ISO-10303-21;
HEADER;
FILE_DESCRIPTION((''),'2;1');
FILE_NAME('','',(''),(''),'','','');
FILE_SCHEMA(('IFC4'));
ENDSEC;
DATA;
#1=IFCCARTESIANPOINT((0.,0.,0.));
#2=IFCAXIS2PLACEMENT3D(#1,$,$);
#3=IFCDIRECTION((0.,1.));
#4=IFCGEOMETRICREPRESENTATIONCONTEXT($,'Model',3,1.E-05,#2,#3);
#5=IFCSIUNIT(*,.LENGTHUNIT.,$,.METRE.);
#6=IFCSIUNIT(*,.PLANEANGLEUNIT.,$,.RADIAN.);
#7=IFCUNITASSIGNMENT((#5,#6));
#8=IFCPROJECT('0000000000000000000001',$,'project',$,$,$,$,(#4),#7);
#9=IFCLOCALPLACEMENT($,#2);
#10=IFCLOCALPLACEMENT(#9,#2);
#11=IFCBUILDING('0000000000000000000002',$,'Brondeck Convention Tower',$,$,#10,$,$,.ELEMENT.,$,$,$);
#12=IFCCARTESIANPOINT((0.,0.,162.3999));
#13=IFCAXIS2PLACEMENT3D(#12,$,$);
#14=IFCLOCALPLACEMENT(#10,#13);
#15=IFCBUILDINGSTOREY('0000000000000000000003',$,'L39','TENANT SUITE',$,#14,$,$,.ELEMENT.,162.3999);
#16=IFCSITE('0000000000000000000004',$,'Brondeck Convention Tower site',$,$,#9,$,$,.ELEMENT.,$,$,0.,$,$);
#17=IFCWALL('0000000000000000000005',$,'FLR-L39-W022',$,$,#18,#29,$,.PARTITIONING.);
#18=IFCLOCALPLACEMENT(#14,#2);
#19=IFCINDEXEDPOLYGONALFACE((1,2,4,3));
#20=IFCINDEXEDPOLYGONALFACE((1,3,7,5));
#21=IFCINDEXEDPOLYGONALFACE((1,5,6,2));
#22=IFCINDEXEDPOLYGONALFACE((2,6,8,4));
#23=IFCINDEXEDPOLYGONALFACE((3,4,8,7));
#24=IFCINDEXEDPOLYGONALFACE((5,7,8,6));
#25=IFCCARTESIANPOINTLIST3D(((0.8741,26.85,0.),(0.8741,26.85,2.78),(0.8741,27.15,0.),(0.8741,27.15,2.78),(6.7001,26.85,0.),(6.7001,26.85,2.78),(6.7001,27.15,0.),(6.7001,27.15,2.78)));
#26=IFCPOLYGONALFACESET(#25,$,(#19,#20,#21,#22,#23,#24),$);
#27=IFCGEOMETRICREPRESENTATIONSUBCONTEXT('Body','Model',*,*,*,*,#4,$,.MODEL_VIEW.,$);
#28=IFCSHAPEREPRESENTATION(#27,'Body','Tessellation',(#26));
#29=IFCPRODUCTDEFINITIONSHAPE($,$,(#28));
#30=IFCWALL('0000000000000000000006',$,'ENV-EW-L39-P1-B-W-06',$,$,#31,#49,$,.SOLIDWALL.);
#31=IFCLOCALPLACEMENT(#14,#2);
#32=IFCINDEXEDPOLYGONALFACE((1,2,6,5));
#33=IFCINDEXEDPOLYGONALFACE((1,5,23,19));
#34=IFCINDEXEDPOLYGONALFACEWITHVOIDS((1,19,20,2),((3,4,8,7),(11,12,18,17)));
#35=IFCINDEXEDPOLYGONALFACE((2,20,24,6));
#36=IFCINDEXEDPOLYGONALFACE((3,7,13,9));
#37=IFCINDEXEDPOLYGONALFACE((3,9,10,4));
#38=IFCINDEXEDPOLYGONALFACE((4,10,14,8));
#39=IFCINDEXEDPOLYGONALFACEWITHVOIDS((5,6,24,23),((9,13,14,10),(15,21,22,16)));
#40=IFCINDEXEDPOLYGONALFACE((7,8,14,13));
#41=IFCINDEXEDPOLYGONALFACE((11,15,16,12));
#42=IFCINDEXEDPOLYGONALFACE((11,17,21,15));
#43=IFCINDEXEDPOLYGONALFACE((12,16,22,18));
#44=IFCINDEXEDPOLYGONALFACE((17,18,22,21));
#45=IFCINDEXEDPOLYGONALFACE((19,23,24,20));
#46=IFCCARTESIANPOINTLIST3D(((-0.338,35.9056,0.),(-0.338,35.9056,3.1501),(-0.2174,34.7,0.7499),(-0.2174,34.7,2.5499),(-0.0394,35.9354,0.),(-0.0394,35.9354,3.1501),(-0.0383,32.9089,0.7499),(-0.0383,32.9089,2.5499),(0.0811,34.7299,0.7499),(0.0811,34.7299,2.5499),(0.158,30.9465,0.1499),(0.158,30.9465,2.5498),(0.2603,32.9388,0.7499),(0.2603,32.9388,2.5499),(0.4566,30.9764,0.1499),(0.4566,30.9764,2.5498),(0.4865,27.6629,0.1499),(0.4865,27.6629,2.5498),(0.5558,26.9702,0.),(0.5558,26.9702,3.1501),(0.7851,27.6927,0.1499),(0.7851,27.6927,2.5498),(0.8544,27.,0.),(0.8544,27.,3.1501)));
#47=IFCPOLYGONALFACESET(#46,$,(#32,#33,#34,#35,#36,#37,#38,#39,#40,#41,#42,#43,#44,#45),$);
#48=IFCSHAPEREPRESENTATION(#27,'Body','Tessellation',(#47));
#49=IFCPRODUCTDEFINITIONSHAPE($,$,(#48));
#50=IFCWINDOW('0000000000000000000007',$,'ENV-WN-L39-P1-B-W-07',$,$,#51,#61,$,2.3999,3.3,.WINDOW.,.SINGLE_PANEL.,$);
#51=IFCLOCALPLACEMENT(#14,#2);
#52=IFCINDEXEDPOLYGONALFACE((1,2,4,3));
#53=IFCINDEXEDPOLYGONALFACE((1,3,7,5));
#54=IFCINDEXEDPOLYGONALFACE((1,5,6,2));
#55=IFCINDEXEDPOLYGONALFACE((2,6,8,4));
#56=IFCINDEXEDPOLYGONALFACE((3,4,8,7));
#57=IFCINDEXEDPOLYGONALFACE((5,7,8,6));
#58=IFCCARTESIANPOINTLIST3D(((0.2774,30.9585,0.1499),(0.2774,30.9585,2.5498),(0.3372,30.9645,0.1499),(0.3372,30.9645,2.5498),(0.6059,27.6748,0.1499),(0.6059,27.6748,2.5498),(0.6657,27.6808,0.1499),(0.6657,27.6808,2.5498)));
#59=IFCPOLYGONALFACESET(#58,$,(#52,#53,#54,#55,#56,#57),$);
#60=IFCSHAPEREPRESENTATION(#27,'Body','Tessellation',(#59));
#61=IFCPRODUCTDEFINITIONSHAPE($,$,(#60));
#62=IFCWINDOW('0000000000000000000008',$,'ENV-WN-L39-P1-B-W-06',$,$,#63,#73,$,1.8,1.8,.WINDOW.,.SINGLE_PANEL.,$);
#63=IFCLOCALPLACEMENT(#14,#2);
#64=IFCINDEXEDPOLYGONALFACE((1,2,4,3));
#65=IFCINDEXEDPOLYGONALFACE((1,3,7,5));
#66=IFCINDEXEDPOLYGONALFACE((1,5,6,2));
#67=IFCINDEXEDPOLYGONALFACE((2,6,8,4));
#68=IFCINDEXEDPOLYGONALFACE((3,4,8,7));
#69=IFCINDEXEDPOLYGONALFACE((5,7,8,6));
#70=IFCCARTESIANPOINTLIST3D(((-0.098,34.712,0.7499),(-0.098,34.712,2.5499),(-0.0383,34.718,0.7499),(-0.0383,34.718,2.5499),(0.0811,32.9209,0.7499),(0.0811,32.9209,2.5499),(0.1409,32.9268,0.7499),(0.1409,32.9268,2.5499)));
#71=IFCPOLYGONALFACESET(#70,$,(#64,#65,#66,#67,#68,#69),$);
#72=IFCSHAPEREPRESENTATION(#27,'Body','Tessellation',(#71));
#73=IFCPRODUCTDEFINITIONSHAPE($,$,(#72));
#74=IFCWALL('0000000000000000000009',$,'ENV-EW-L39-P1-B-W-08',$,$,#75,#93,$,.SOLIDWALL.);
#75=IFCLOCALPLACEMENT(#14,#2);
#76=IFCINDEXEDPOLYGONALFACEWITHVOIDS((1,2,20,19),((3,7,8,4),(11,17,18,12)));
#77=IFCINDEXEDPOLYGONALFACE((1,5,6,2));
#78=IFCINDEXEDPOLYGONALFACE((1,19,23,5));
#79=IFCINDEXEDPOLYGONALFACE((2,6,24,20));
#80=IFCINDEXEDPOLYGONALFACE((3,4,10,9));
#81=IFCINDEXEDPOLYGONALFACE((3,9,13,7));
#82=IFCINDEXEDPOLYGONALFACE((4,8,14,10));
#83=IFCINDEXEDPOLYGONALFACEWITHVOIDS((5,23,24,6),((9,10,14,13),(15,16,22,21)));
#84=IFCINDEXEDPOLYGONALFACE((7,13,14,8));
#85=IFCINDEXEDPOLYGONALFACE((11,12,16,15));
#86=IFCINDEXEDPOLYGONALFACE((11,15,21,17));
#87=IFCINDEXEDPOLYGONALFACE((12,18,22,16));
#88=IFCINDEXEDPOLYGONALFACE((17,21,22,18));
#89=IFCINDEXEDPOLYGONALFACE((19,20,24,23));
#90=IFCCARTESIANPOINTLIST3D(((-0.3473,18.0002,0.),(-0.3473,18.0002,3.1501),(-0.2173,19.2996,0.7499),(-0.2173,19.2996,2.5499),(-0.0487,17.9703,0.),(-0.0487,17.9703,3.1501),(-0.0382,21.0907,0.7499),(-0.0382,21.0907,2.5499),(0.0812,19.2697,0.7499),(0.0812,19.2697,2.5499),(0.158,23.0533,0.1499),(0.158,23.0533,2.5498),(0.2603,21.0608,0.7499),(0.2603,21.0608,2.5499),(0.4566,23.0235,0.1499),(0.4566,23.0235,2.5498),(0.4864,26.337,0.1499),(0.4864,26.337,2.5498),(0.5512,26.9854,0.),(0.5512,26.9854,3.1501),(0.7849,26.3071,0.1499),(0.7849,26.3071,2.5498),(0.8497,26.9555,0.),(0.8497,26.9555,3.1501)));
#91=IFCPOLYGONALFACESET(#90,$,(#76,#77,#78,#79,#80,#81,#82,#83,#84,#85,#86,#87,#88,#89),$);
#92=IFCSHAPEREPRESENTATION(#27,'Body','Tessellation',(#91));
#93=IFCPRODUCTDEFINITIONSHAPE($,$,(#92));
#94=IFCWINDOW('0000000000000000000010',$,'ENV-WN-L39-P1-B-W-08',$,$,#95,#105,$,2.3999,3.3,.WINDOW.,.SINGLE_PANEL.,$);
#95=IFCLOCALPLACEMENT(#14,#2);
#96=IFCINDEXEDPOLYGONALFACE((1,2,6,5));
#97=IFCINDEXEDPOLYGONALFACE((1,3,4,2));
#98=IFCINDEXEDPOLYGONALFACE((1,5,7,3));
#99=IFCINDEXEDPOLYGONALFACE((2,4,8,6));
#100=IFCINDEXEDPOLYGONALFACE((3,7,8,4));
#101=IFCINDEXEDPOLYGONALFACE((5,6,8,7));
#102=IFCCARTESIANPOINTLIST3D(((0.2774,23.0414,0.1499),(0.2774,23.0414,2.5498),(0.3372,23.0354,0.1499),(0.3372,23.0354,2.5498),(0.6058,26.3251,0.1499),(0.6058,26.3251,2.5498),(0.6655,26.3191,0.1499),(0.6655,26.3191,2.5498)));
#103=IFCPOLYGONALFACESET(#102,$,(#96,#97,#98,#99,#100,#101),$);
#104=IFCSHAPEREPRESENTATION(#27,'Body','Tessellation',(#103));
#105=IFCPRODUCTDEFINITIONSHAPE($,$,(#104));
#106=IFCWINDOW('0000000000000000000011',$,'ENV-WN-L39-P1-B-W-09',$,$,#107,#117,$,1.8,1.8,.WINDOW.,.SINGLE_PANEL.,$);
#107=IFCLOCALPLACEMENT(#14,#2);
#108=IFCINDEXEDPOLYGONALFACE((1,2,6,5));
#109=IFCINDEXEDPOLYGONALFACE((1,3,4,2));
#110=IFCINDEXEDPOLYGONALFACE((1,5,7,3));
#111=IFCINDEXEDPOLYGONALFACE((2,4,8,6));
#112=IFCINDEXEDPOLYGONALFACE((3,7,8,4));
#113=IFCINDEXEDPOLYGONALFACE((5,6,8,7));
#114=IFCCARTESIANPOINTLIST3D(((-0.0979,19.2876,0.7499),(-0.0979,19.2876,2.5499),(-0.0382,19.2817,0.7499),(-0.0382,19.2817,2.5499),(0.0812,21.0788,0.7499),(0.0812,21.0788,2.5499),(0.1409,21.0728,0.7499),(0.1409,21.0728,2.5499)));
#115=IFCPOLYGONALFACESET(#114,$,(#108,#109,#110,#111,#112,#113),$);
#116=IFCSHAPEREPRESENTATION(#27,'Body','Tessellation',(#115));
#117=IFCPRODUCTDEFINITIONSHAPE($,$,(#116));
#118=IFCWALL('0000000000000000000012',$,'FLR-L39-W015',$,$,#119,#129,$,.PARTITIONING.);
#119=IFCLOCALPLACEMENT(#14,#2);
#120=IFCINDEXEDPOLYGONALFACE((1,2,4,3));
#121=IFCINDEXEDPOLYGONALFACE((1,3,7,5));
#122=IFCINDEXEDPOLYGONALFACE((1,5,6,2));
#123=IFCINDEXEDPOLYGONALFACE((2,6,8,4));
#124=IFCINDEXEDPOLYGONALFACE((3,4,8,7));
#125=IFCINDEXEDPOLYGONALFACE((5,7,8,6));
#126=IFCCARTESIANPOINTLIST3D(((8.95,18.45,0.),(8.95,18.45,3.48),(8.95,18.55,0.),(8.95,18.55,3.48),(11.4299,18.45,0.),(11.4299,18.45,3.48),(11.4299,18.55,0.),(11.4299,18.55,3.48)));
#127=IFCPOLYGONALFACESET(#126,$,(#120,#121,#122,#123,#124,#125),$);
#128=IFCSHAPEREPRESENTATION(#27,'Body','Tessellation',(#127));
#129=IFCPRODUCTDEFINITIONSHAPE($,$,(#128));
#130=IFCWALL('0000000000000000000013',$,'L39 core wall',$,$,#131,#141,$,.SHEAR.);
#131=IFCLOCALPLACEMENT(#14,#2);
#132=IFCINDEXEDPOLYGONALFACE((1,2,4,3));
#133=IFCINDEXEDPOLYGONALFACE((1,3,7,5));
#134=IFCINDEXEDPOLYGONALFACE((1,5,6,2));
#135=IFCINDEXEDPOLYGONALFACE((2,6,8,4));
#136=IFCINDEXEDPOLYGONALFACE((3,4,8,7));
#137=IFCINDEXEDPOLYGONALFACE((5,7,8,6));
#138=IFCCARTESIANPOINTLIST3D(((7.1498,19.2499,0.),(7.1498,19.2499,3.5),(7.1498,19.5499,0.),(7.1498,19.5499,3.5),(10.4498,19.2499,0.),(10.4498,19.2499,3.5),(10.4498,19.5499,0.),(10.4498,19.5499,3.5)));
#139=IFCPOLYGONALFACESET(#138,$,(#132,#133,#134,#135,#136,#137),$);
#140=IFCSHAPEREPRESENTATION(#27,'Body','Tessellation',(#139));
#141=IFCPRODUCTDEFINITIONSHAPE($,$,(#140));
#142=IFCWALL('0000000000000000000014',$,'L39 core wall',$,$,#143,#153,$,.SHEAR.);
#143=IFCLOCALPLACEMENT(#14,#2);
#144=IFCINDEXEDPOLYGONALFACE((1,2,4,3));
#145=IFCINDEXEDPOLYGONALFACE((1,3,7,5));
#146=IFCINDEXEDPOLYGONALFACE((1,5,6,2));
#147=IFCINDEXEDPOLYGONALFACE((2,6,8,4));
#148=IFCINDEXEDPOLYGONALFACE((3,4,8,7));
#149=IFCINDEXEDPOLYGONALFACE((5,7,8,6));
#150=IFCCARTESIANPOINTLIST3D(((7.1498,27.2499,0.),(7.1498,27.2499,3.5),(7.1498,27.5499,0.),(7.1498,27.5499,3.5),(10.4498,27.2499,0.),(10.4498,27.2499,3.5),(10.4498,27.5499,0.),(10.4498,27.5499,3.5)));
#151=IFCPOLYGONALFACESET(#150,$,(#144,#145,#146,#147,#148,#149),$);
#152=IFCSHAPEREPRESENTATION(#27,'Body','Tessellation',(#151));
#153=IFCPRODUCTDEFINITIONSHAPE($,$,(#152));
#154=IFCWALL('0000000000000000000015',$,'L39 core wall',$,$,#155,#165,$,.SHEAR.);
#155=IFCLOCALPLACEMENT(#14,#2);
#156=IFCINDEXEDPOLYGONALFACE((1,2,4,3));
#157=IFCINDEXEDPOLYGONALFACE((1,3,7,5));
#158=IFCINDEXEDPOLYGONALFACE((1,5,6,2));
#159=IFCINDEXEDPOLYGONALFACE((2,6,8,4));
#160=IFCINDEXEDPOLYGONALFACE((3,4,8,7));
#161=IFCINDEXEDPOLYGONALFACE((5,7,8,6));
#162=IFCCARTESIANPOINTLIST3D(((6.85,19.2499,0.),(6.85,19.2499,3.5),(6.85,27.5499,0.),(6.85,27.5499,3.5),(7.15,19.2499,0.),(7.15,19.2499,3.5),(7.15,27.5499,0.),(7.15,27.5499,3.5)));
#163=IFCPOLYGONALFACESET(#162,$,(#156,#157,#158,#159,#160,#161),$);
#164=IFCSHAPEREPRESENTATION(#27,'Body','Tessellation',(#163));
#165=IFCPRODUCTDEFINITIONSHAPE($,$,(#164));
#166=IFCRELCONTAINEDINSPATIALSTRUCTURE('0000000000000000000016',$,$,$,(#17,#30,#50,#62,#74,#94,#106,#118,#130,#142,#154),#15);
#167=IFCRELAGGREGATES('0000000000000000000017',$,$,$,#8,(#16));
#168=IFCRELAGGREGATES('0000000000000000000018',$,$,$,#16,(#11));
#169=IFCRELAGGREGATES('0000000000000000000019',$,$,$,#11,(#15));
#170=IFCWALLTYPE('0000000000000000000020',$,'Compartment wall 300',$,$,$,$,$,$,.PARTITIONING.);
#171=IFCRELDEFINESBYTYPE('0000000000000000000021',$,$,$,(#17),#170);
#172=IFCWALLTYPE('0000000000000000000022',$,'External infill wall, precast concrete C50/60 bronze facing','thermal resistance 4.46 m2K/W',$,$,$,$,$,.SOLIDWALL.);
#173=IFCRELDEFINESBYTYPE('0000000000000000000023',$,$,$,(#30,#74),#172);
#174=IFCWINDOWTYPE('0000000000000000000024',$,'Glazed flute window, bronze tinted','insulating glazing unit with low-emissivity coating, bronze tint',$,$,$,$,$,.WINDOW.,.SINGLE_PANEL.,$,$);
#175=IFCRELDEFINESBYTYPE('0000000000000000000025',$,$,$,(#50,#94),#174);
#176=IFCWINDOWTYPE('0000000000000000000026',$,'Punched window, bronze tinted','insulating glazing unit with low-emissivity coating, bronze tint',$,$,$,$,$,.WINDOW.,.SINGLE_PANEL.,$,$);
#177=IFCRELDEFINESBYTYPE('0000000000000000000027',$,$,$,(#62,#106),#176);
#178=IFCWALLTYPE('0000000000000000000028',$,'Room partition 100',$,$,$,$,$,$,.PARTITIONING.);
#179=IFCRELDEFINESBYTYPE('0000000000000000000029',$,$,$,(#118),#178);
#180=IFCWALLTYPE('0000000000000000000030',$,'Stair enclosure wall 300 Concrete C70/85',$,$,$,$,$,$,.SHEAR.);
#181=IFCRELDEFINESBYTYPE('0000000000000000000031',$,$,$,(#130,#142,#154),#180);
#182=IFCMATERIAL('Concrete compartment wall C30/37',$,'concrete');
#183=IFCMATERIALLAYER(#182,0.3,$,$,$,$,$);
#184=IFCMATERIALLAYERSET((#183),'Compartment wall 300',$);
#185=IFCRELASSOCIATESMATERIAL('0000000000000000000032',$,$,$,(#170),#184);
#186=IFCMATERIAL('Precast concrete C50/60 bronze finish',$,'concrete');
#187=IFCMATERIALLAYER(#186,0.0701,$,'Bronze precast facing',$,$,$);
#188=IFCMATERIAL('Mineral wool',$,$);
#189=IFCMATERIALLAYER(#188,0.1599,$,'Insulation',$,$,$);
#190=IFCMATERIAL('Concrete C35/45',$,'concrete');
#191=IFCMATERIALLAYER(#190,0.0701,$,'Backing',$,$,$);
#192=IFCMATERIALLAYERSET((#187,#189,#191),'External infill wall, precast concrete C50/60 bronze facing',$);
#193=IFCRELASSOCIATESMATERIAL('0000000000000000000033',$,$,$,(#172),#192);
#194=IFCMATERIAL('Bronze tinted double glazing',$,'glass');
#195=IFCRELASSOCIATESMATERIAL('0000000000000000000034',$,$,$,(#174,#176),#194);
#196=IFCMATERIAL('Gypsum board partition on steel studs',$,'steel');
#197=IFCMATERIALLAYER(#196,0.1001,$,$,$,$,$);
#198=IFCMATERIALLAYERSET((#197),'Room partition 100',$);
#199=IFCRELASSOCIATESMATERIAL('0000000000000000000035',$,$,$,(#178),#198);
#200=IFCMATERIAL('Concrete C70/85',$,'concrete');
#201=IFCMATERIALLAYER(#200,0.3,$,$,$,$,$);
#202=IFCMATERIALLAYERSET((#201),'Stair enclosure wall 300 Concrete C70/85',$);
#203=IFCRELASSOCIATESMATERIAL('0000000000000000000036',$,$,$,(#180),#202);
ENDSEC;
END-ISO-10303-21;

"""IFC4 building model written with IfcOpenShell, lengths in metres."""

from ifc_helpers import new_model, si_unit, direction, frame, frame_2d, origin, place, context, subcontext, project, spatial, rectangle, extrude, material, layer, layer_set, type_object, element, fill, save


model = new_model("IFC4")

# Units and contexts
model_context = context("Model", 3, precision=1e-05, world=origin(), true_north=direction((0.0, 1.0)))
body_context = subcontext(model_context, "Body", "Model", "MODEL_VIEW")
ifc_project = project(units=[si_unit("LENGTHUNIT", "METRE"), si_unit("PLANEANGLEUNIT", "RADIAN")], contexts=[model_context])

# Site, building, storey
site_placement = place(None, origin())
site = spatial("IfcSite", under=ifc_project, at=site_placement, Name="Brondeck Convention Tower site", CompositionType="ELEMENT", RefElevation=0.0)
building_placement = place(site_placement, origin())
building = spatial("IfcBuilding", under=site, at=building_placement, Name="Brondeck Convention Tower", CompositionType="ELEMENT")
storey_placement = place(building_placement, frame((0.0, 0.0, 162.3999)))
storey = spatial("IfcBuildingStorey", under=building, at=storey_placement, Name="L39", Description="TENANT SUITE", CompositionType="ELEMENT", Elevation=162.3999)

# Shared definitions
ifc_material_1 = material(Name="Concrete C70/85", Category="concrete")

# Wall
ifc_material_2 = material(Name="Concrete compartment wall C30/37", Category="concrete")
ifc_layer_1 = layer(ifc_material_2, 0.3)
ifc_layer_set_1 = layer_set([ifc_layer_1], Name="Compartment wall 300")
wall_type_1 = type_object("IfcWallType", Name="Compartment wall 300", PredefinedType="PARTITIONING", material=ifc_layer_set_1)
wall_1_placement = place(storey_placement, frame((0.874, 27.0, 0.0), z_axis=(0.0, 0.0, 1.0), x_axis=(1.0, 0.0, 0.0)))
element("IfcWall", 1, at=wall_1_placement, inside=storey, type_object=wall_type_1, Name="FLR-L39-W022", PredefinedType="PARTITIONING", context=body_context, shape_type="SweptSolid", body=[
    extrude(rectangle(XDim=5.8259, YDim=0.3, at=frame_2d((2.9131, 0.0))), origin(), (0.0, 0.0, 1.0), 2.78),
])

# Walls, openings, windows
ifc_material_3 = material(Name="Precast concrete C50/60 bronze finish", Category="concrete")
ifc_layer_2 = layer(ifc_material_3, 0.0701, Name="Bronze precast facing")
ifc_material_4 = material(Name="Mineral wool")
ifc_layer_3 = layer(ifc_material_4, 0.1599, Name="Insulation")
ifc_material_5 = material(Name="Concrete C35/45", Category="concrete")
ifc_layer_4 = layer(ifc_material_5, 0.0701, Name="Backing")
ifc_layer_set_2 = layer_set([ifc_layer_2, ifc_layer_3, ifc_layer_4], Name="External infill wall, precast concrete C50/60 bronze facing")
wall_type_2 = type_object("IfcWallType", Name="External infill wall, precast concrete C50/60 bronze facing", Description="thermal resistance 4.46 m2K/W", PredefinedType="SOLIDWALL", material=ifc_layer_set_2)
wall_2_placement = place(storey_placement, frame((0.7051, 26.9851, 0.0), z_axis=(0.0, 0.0, 1.0), x_axis=(-0.099533, 0.995034, 0.0)))
wall_2 = element("IfcWall", 2, at=wall_2_placement, inside=storey, type_object=wall_type_2, Name="ENV-EW-L39-P1-B-W-06", PredefinedType="SOLIDWALL", context=body_context, shape_type="SweptSolid", body=[
    extrude(rectangle(XDim=8.98, YDim=0.3, at=frame_2d((4.49, 0.0))), origin(), (0.0, 0.0, 1.0), 3.1501),
])
opening_1_placement = place(wall_2_placement, frame((0.6963, 0.0, 0.1499)))
opening_1 = element("IfcOpeningElement", 3, at=opening_1_placement, cuts=wall_2, PredefinedType="OPENING", context=body_context, shape_type="SweptSolid", body=[
    extrude(rectangle(XDim=3.3, YDim=2.3999, at=frame_2d((1.6499, 1.2))), frame((0.0, 0.1599, 0.0), z_axis=(0.0, -1.0, 0.0), x_axis=(1.0, 0.0, 0.0)), (0.0, 0.0, 1.0), 0.3201),
])
opening_2_placement = place(wall_2_placement, frame((5.9685, 0.0, 0.75)))
opening_2 = element("IfcOpeningElement", 4, at=opening_2_placement, cuts=wall_2, PredefinedType="OPENING", context=body_context, shape_type="SweptSolid", body=[
    extrude(rectangle(XDim=1.8, YDim=1.8, at=frame_2d((0.8999, 0.8999))), frame((0.0, 0.1599, 0.0), z_axis=(0.0, -1.0, 0.0), x_axis=(1.0, 0.0, 0.0)), (0.0, 0.0, 1.0), 0.3201),
])
ifc_material_6 = material(Name="Bronze tinted double glazing", Category="glass")
window_type_1 = type_object("IfcWindowType", Name="Glazed flute window, bronze tinted", Description="insulating glazing unit with low-emissivity coating, bronze tint", PartitioningType="SINGLE_PANEL", PredefinedType="WINDOW", material=ifc_material_6)
window_1_placement = place(opening_1_placement, origin())
window_1 = element("IfcWindow", 5, at=window_1_placement, inside=storey, type_object=window_type_1, Name="ENV-WN-L39-P1-B-W-07", OverallHeight=2.3999, OverallWidth=3.3, PartitioningType="SINGLE_PANEL", PredefinedType="WINDOW", context=body_context, shape_type="SweptSolid", body=[
    extrude(rectangle(XDim=3.3, YDim=2.3999, at=frame_2d((1.6499, 1.2))), frame((0.0, 0.03, 0.0), z_axis=(0.0, -1.0, 0.0), x_axis=(1.0, 0.0, 0.0)), (0.0, 0.0, 1.0), 0.0601),
])
fill(opening_1, window_1)
window_type_2 = type_object("IfcWindowType", Name="Punched window, bronze tinted", Description="insulating glazing unit with low-emissivity coating, bronze tint", PartitioningType="SINGLE_PANEL", PredefinedType="WINDOW", material=ifc_material_6)
window_2_placement = place(opening_2_placement, origin())
window_2 = element("IfcWindow", 6, at=window_2_placement, inside=storey, type_object=window_type_2, Name="ENV-WN-L39-P1-B-W-06", OverallHeight=1.8, OverallWidth=1.8, PartitioningType="SINGLE_PANEL", PredefinedType="WINDOW", context=body_context, shape_type="SweptSolid", body=[
    extrude(rectangle(XDim=1.8, YDim=1.8, at=frame_2d((0.8999, 0.8999))), frame((0.0, 0.03, 0.0), z_axis=(0.0, -1.0, 0.0), x_axis=(1.0, 0.0, 0.0)), (0.0, 0.0, 1.0), 0.0601),
])
fill(opening_2, window_2)
wall_3_placement = place(storey_placement, frame((-0.198, 17.9851, 0.0), z_axis=(0.0, 0.0, 1.0), x_axis=(0.099496, 0.995038, 0.0)))
wall_3 = element("IfcWall", 7, at=wall_3_placement, inside=storey, type_object=wall_type_2, Name="ENV-EW-L39-P1-B-W-08", PredefinedType="SOLIDWALL", context=body_context, shape_type="SweptSolid", body=[
    extrude(rectangle(XDim=9.03, YDim=0.3, at=frame_2d((4.5151, 0.0))), origin(), (0.0, 0.0, 1.0), 3.1501),
])
opening_3_placement = place(wall_3_placement, frame((1.3062, 0.0, 0.75)))
opening_3 = element("IfcOpeningElement", 8, at=opening_3_placement, cuts=wall_3, PredefinedType="OPENING", context=body_context, shape_type="SweptSolid", body=[
    extrude(rectangle(XDim=1.8, YDim=1.8, at=frame_2d((0.8999, 0.8999))), frame((0.0, 0.1599, 0.0), z_axis=(0.0, -1.0, 0.0), x_axis=(1.0, 0.0, 0.0)), (0.0, 0.0, 1.0), 0.3201),
])
opening_4_placement = place(wall_3_placement, frame((5.0786, 0.0, 0.1499)))
opening_4 = element("IfcOpeningElement", 9, at=opening_4_placement, cuts=wall_3, PredefinedType="OPENING", context=body_context, shape_type="SweptSolid", body=[
    extrude(rectangle(XDim=3.3, YDim=2.3999, at=frame_2d((1.6499, 1.2))), frame((0.0, 0.1599, 0.0), z_axis=(0.0, -1.0, 0.0), x_axis=(1.0, 0.0, 0.0)), (0.0, 0.0, 1.0), 0.3201),
])
window_3_placement = place(opening_4_placement, origin())
window_3 = element("IfcWindow", 10, at=window_3_placement, inside=storey, type_object=window_type_1, Name="ENV-WN-L39-P1-B-W-08", OverallHeight=2.3999, OverallWidth=3.3, PartitioningType="SINGLE_PANEL", PredefinedType="WINDOW", context=body_context, shape_type="SweptSolid", body=[
    extrude(rectangle(XDim=3.3, YDim=2.3999, at=frame_2d((1.6499, 1.2))), frame((0.0, 0.03, 0.0), z_axis=(0.0, -1.0, 0.0), x_axis=(1.0, 0.0, 0.0)), (0.0, 0.0, 1.0), 0.0601),
])
fill(opening_4, window_3)
window_4_placement = place(opening_3_placement, origin())
window_4 = element("IfcWindow", 11, at=window_4_placement, inside=storey, type_object=window_type_2, Name="ENV-WN-L39-P1-B-W-09", OverallHeight=1.8, OverallWidth=1.8, PartitioningType="SINGLE_PANEL", PredefinedType="WINDOW", context=body_context, shape_type="SweptSolid", body=[
    extrude(rectangle(XDim=1.8, YDim=1.8, at=frame_2d((0.8999, 0.8999))), frame((0.0, 0.03, 0.0), z_axis=(0.0, -1.0, 0.0), x_axis=(1.0, 0.0, 0.0)), (0.0, 0.0, 1.0), 0.0601),
])
fill(opening_3, window_4)

# Walls
ifc_material_7 = material(Name="Gypsum board partition on steel studs", Category="steel")
ifc_layer_5 = layer(ifc_material_7, 0.1001)
ifc_layer_set_3 = layer_set([ifc_layer_5], Name="Room partition 100")
wall_type_3 = type_object("IfcWallType", Name="Room partition 100", PredefinedType="PARTITIONING", material=ifc_layer_set_3)
wall_4_placement = place(storey_placement, frame((8.95, 18.5, 0.0), z_axis=(0.0, 0.0, 1.0), x_axis=(1.0, 0.0, 0.0)))
element("IfcWall", 12, at=wall_4_placement, inside=storey, type_object=wall_type_3, Name="FLR-L39-W015", PredefinedType="PARTITIONING", context=body_context, shape_type="SweptSolid", body=[
    extrude(rectangle(XDim=2.48, YDim=0.1001, at=frame_2d((1.24, 0.0))), origin(), (0.0, 0.0, 1.0), 3.48),
])
ifc_layer_6 = layer(ifc_material_1, 0.3)
ifc_layer_set_4 = layer_set([ifc_layer_6], Name="Stair enclosure wall 300 Concrete C70/85")
wall_type_4 = type_object("IfcWallType", Name="Stair enclosure wall 300 Concrete C70/85", PredefinedType="SHEAR", material=ifc_layer_set_4)
for number, where, z_axis, x_axis, name in (
    (13, (7.1499, 19.3999, 0.0), (0.0, 0.0, 1.0), (1.0, 0.0, 0.0), "L39 core wall"),
    (14, (7.1499, 27.3999, 0.0), (0.0, 0.0, 1.0), (1.0, 0.0, 0.0), "L39 core wall"),
):
    element("IfcWall", number, at=place(storey_placement, frame(where, z_axis=z_axis, x_axis=x_axis)), inside=storey, type_object=wall_type_4, Name=name, PredefinedType="SHEAR", context=body_context, shape_type="SweptSolid", body=[
        extrude(rectangle(XDim=3.3, YDim=0.3, at=frame_2d((1.6499, 0.0))), origin(), (0.0, 0.0, 1.0), 3.5),
    ])
wall_5_placement = place(storey_placement, frame((7.0, 19.25, 0.0), z_axis=(0.0, 0.0, 1.0), x_axis=(0.0, 1.0, 0.0)))
element("IfcWall", 15, at=wall_5_placement, inside=storey, type_object=wall_type_4, Name="L39 core wall", PredefinedType="SHEAR", context=body_context, shape_type="SweptSolid", body=[
    extrude(rectangle(XDim=8.3, YDim=0.3, at=frame_2d((4.1499, 0.0))), origin(), (0.0, 0.0, 1.0), 3.5),
])

save(model, "model.ifc")
